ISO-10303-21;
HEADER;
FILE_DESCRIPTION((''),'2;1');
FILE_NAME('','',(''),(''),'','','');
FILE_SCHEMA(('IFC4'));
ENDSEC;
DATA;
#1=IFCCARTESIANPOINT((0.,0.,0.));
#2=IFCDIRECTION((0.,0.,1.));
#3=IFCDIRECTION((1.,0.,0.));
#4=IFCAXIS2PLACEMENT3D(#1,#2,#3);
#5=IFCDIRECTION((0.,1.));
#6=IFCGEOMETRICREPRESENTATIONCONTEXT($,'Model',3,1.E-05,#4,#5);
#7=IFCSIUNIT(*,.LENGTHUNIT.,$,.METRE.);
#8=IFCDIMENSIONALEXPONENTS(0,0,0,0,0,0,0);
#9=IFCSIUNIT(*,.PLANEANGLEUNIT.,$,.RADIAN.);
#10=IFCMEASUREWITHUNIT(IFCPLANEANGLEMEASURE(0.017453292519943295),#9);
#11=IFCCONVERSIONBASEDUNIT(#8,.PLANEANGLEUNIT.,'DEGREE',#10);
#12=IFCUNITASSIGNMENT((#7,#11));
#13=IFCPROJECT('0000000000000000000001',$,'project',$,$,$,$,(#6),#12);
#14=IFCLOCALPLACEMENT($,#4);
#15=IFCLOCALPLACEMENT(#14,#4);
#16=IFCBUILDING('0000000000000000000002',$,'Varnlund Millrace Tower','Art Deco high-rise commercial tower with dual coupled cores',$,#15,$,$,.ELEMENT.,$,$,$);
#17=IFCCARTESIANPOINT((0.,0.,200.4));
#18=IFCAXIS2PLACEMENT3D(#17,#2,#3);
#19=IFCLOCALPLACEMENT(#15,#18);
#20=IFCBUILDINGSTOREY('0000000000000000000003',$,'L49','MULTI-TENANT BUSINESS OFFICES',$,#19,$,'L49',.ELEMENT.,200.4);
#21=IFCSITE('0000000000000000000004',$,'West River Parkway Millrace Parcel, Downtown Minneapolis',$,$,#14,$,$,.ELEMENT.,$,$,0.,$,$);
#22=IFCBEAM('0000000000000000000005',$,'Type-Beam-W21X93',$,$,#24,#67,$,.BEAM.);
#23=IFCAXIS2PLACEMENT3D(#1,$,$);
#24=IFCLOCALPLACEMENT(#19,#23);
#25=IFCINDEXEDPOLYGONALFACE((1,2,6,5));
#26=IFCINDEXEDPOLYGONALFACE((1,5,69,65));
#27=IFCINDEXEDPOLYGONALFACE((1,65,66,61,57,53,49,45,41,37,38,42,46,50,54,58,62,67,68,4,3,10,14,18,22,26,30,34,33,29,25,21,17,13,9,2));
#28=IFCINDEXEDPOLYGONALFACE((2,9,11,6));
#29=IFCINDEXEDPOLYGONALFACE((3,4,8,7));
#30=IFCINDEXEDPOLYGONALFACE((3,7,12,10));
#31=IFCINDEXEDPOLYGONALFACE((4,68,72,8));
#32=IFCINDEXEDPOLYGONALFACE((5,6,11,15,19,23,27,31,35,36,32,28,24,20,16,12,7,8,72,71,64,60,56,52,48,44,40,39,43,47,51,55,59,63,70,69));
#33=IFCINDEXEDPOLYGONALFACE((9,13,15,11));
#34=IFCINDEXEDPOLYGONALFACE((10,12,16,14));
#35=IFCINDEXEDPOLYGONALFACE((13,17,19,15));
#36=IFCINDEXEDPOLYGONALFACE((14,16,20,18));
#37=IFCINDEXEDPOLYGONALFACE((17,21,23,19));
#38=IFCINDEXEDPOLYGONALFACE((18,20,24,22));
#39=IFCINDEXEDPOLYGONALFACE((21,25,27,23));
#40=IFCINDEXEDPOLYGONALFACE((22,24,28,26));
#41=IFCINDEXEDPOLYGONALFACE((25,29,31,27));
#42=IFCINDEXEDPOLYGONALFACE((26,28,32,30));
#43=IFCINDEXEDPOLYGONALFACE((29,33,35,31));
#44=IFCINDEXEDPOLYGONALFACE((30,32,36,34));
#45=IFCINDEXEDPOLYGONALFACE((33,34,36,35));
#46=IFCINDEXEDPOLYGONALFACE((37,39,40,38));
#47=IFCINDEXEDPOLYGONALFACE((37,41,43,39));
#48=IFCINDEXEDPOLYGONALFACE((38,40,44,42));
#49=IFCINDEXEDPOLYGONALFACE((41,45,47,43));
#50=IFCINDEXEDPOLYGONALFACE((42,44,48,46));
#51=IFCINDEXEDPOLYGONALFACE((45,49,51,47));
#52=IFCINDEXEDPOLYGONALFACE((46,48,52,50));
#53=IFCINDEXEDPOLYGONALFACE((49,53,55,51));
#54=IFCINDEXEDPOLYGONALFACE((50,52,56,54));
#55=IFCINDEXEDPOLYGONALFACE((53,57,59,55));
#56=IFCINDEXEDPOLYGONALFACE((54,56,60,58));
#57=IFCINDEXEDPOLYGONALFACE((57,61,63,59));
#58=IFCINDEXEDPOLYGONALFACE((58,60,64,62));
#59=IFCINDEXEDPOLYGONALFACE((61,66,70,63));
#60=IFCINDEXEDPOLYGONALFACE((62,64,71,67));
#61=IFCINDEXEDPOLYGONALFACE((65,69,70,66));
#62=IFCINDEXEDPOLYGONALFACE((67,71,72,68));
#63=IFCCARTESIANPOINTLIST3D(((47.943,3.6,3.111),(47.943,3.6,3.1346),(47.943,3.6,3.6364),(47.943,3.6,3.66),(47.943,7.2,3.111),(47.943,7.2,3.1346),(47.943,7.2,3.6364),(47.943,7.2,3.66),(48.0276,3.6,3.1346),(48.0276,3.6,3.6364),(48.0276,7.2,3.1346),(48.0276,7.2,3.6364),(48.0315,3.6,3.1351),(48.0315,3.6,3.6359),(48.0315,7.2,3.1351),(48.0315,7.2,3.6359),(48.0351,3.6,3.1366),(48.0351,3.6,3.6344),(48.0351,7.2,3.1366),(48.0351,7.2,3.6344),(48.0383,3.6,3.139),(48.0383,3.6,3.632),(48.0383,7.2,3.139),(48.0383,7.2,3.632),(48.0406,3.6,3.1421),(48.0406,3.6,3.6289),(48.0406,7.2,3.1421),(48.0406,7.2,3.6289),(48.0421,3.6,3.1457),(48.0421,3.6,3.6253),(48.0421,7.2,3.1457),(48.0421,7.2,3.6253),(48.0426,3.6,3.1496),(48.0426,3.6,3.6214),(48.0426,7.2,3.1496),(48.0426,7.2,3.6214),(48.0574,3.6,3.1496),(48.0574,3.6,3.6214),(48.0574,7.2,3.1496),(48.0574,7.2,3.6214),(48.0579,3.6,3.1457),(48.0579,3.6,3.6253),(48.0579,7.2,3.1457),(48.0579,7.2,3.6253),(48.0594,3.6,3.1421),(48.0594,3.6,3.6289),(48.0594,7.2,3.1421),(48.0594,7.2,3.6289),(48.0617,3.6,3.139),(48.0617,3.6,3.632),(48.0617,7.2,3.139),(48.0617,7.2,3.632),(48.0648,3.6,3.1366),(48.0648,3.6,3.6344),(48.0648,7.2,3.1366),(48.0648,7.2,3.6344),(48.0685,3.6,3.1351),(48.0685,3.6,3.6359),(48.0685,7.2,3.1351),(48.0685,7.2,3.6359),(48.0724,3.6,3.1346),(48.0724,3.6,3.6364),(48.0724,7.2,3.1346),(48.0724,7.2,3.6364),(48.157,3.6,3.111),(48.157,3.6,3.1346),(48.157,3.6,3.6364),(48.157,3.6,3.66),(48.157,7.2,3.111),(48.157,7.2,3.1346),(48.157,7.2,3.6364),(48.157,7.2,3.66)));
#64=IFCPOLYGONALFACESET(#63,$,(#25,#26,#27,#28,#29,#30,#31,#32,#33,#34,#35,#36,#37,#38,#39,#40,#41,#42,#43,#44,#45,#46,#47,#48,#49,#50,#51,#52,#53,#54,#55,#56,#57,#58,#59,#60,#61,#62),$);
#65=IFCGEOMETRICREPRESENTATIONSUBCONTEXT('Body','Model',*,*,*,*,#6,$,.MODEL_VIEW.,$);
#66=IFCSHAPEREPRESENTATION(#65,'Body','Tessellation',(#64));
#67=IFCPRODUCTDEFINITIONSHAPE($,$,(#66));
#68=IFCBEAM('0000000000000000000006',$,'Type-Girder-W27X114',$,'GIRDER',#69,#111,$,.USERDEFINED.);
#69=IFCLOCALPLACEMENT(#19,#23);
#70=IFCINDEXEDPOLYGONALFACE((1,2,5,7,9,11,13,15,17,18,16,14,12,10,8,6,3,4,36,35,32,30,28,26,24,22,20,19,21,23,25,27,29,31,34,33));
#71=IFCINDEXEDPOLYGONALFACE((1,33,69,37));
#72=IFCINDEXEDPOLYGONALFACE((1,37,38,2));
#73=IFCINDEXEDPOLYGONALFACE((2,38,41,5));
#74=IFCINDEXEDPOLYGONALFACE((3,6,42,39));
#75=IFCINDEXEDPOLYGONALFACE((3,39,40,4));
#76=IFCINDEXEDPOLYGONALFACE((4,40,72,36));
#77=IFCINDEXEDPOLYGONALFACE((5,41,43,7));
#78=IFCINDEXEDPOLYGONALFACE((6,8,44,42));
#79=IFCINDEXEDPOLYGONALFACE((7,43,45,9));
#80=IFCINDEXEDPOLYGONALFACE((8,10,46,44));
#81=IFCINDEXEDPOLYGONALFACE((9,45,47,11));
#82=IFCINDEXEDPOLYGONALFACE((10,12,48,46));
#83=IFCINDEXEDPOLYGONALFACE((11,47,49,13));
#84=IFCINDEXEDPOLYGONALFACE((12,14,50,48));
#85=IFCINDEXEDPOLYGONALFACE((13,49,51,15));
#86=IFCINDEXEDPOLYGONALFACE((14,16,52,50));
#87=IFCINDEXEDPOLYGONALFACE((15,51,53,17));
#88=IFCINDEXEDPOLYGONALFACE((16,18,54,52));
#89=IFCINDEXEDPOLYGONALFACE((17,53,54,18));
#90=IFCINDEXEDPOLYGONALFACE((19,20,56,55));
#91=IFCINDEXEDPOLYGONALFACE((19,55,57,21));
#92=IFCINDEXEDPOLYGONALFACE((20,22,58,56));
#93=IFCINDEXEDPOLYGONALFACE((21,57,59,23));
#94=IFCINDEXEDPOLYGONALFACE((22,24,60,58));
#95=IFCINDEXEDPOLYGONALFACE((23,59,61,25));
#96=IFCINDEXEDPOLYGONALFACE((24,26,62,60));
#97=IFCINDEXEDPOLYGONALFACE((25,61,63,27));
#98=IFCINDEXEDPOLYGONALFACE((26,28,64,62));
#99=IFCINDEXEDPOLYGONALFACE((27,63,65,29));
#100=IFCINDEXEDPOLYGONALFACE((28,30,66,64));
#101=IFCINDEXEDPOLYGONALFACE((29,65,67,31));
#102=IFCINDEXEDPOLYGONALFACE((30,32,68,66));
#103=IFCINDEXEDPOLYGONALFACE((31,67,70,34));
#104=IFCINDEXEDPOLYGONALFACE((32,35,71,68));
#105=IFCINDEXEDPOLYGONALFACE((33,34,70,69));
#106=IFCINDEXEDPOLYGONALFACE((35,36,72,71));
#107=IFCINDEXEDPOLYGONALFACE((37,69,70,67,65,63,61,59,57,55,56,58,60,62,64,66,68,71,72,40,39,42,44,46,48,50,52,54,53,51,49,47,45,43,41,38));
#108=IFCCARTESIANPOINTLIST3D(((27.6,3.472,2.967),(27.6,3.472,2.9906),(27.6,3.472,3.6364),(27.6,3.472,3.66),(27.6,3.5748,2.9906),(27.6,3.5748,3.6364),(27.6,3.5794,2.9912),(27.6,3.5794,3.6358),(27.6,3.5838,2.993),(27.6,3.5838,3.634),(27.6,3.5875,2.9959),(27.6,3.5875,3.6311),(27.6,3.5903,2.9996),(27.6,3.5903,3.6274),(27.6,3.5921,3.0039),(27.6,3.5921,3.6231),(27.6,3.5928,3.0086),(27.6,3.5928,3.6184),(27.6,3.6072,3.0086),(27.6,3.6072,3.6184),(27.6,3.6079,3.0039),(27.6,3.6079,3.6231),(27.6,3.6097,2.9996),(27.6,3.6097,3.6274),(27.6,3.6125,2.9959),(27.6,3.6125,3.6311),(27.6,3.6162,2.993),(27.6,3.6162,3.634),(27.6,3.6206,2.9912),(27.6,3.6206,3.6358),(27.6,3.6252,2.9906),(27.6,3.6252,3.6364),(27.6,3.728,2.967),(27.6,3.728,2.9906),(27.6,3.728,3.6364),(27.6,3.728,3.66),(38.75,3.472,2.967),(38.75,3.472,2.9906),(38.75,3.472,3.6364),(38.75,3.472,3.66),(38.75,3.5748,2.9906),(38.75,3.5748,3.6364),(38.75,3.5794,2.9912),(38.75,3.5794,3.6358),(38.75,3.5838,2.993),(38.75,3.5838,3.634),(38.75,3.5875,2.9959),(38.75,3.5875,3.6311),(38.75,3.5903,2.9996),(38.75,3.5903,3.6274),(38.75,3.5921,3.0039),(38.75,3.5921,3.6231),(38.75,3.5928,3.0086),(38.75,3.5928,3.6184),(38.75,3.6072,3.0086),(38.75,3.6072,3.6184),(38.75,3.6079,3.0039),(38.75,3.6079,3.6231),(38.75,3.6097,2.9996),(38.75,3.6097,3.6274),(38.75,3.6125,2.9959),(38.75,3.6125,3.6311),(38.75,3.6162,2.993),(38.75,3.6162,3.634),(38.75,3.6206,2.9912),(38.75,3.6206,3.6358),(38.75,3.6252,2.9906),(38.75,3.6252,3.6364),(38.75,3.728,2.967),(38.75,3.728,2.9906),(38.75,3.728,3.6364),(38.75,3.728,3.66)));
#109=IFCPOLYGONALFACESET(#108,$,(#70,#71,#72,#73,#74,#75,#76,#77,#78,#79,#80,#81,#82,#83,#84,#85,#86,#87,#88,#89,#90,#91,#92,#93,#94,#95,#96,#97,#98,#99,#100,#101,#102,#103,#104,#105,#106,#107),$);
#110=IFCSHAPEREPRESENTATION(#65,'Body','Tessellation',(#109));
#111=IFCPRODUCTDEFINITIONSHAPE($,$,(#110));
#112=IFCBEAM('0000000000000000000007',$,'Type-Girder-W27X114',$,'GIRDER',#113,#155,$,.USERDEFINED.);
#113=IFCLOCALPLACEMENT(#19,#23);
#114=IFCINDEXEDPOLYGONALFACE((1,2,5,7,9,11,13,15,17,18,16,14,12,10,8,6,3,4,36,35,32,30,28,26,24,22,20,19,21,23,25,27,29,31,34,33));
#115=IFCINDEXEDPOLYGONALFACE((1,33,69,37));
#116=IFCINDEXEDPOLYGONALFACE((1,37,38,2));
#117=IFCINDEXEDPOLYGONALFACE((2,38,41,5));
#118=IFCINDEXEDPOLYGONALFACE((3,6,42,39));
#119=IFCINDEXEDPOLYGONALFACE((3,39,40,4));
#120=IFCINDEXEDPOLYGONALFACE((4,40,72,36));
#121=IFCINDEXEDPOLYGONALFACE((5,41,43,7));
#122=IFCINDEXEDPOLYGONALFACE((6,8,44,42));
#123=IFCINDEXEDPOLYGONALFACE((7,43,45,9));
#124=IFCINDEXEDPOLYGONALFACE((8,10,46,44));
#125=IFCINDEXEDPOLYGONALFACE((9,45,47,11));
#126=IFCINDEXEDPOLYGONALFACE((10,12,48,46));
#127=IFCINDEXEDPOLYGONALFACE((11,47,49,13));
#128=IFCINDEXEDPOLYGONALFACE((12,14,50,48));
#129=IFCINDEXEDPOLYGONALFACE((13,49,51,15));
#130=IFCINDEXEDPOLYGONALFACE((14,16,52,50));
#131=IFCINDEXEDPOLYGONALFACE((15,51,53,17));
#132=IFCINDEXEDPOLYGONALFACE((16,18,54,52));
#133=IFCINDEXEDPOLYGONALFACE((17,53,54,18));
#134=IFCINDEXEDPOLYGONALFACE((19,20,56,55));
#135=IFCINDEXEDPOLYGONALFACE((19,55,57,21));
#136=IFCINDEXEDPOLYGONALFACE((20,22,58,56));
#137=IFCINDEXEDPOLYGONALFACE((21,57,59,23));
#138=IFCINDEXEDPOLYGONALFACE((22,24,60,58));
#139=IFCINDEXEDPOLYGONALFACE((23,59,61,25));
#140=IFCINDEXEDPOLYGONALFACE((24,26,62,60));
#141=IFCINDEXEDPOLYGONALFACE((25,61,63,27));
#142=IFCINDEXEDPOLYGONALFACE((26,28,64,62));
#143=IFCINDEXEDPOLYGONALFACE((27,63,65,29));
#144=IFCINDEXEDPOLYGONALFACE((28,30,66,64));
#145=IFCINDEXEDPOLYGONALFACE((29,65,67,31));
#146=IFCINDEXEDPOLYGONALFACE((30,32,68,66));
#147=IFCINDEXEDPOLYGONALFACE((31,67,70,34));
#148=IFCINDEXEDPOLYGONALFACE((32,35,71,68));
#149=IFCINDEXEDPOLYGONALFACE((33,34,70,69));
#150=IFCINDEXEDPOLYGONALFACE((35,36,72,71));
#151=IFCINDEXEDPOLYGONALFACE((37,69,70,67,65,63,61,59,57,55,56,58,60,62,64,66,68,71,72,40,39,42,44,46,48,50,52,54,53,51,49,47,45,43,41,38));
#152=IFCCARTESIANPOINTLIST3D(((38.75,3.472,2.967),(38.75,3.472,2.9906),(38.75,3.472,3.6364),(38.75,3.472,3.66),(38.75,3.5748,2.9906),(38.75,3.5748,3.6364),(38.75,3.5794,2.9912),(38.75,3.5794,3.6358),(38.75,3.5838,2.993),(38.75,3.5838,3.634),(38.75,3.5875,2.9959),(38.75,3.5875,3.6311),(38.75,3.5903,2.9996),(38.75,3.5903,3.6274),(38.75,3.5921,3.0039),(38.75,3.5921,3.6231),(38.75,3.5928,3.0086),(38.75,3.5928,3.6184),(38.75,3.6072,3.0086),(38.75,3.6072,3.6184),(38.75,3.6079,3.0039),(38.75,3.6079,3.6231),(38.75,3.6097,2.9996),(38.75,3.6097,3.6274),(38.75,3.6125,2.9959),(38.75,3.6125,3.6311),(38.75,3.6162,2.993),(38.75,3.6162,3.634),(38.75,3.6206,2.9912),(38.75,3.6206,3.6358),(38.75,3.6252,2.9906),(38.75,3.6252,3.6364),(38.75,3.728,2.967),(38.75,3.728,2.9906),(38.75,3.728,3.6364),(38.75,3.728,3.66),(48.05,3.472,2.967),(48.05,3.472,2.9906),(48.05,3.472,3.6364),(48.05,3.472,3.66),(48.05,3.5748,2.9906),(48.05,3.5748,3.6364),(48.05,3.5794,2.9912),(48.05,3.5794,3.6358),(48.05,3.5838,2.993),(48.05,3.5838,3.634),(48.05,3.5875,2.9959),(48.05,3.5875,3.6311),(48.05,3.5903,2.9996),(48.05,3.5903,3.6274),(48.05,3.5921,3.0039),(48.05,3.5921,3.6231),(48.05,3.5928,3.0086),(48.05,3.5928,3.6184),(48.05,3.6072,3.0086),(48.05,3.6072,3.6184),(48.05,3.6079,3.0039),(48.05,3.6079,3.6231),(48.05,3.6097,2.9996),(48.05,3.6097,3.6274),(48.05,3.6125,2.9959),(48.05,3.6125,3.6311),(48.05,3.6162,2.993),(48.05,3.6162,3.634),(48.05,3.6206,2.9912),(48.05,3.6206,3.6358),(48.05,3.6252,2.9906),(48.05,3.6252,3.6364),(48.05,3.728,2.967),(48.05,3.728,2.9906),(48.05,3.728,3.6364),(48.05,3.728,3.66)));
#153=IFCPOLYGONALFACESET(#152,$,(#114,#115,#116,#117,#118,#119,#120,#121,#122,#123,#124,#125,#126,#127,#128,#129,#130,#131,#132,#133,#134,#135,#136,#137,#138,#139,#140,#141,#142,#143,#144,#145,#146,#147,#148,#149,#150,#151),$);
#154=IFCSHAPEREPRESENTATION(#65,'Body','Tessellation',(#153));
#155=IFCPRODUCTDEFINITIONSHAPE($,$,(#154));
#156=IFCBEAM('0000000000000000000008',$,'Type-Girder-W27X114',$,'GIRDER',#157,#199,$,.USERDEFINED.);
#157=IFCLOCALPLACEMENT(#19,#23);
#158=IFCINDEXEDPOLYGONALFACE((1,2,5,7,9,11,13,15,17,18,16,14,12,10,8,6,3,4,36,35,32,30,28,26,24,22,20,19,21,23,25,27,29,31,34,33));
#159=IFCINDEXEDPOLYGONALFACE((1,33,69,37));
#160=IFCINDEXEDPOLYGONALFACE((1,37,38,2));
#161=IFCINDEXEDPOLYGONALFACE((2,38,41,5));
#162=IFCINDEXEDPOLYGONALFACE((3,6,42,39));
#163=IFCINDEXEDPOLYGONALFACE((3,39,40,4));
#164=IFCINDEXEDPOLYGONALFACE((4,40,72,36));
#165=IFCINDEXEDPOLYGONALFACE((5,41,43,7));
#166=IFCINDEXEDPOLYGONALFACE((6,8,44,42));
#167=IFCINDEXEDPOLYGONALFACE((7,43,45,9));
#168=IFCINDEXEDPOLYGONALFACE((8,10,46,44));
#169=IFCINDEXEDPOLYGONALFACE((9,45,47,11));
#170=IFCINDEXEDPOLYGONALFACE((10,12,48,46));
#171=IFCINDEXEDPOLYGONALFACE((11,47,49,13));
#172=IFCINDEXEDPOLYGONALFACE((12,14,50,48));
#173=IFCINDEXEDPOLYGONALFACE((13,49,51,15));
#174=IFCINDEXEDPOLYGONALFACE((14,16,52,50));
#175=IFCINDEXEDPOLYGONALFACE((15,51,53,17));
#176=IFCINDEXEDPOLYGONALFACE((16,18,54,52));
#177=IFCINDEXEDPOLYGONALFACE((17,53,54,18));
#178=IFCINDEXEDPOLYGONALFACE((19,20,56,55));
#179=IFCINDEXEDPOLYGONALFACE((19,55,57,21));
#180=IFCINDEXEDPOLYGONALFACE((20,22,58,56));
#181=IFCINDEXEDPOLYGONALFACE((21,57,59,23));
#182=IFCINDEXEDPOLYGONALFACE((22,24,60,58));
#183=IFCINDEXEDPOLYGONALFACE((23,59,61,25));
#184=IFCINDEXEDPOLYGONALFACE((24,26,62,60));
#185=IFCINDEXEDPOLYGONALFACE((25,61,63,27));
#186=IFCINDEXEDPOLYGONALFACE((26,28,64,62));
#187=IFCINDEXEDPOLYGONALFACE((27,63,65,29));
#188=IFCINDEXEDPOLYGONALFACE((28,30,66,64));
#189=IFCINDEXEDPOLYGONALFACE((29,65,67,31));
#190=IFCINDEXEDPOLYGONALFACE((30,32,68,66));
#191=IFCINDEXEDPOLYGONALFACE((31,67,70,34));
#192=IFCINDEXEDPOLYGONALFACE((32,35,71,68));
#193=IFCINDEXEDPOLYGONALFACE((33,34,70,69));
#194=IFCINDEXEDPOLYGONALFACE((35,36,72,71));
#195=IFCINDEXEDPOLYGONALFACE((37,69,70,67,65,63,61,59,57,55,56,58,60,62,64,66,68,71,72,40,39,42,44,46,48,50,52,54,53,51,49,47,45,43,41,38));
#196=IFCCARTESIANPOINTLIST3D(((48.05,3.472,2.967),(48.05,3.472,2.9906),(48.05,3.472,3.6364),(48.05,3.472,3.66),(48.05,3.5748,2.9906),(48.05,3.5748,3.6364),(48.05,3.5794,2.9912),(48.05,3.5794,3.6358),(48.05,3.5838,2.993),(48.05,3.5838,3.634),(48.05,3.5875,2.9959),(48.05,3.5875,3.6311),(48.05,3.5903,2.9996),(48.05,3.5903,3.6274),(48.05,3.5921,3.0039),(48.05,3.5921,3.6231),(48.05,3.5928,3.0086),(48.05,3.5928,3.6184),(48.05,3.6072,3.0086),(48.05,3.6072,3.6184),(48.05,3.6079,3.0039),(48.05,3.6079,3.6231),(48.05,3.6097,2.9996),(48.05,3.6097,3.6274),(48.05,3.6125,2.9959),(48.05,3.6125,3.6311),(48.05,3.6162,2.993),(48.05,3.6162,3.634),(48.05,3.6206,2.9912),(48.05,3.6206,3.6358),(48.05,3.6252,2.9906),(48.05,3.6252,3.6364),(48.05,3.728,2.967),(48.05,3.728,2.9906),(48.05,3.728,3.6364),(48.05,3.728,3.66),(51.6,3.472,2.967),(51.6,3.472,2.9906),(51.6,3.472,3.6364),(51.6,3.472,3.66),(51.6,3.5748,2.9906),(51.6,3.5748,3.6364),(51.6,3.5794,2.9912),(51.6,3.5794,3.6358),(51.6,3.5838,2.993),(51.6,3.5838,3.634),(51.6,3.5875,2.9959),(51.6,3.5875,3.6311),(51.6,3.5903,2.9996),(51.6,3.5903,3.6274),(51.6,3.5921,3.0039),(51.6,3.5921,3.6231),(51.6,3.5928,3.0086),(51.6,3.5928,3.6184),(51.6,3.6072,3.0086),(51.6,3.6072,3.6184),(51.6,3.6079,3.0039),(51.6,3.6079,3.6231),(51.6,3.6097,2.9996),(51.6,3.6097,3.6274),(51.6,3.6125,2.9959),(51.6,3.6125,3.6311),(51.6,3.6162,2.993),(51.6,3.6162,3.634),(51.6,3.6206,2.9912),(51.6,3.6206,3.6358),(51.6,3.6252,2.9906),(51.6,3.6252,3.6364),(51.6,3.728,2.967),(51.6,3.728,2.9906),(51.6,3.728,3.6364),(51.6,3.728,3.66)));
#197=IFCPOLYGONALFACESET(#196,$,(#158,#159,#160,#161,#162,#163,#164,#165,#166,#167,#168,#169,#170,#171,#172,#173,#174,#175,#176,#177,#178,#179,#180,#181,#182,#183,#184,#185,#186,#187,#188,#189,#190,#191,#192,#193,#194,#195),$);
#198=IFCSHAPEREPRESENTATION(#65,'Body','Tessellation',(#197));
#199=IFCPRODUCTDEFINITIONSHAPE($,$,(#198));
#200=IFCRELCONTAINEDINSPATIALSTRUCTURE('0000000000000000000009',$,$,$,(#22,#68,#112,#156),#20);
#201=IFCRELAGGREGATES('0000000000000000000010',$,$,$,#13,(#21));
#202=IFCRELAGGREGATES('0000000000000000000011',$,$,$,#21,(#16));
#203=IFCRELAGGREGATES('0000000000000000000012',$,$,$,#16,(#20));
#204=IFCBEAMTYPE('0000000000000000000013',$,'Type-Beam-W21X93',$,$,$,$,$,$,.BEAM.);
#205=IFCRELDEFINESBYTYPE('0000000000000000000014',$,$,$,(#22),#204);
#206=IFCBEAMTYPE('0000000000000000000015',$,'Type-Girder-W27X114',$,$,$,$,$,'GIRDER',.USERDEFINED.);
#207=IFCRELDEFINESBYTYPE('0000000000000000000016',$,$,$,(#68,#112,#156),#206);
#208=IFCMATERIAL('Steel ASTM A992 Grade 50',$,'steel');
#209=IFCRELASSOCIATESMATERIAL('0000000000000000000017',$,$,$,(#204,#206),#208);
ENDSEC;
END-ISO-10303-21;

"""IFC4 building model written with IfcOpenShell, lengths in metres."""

from ifc_helpers import new_model, entity, si_unit, converted_unit, direction, frame, origin_with_axes, origin_2d_with_axis, place, context, subcontext, project, spatial, i_section, extrude, material, material_profile, profile_set, type_object, element, save


model = new_model("IFC4")

# Units and contexts
model_context = context("Model", 3, precision=1e-05, world=origin_with_axes(), true_north=direction((0.0, 1.0)))
body_context = subcontext(model_context, "Body", "Model", "MODEL_VIEW")
ifc_project = project(units=[si_unit("LENGTHUNIT", "METRE"), converted_unit("PLANEANGLEUNIT", "DEGREE", entity("IfcPlaneAngleMeasure", 0.017453292519943295), si_unit("PLANEANGLEUNIT", "RADIAN"), dimensions=[0, 0, 0, 0, 0, 0, 0])], contexts=[model_context])

# Site, building, storey
site_placement = place(None, origin_with_axes())
site = spatial("IfcSite", under=ifc_project, at=site_placement, Name="West River Parkway Millrace Parcel, Downtown Minneapolis", CompositionType="ELEMENT", RefElevation=0.0)
building_placement = place(site_placement, origin_with_axes())
building = spatial("IfcBuilding", under=site, at=building_placement, Name="Varnlund Millrace Tower", Description="Art Deco high-rise commercial tower with dual coupled cores", CompositionType="ELEMENT")
storey_placement = place(building_placement, frame((0.0, 0.0, 200.4), z_axis=(0.0, 0.0, 1.0), x_axis=(1.0, 0.0, 0.0)))
storey = spatial("IfcBuildingStorey", under=building, at=storey_placement, Name="L49", Description="MULTI-TENANT BUSINESS OFFICES", LongName="L49", CompositionType="ELEMENT", Elevation=200.4)

# Beams
ifc_material_1 = material(Name="Steel ASTM A992 Grade 50", Category="steel")
ifc_material_profile_1 = material_profile(ifc_material_1, i_section(OverallWidth=0.214, OverallDepth=0.549, WebThickness=0.0147, FlangeThickness=0.0236, FilletRadius=0.015, at=origin_2d_with_axis()), Name="Steel ASTM A992 Grade 50")
ifc_profile_set_1 = profile_set([ifc_material_profile_1], Name="Steel ASTM A992 Grade 50")
beam_type_1 = type_object("IfcBeamType", Name="Type-Beam-W21X93", PredefinedType="BEAM", material=ifc_profile_set_1)
beam_1_placement = place(storey_placement, frame((48.05, 3.6, 3.3855), z_axis=(0.0, 1.0, 0.0), x_axis=(-1.0, 0.0, 0.0)))
element("IfcBeam", 1, at=beam_1_placement, inside=storey, type_object=beam_type_1, Name="Type-Beam-W21X93", PredefinedType="BEAM", context=body_context, shape_type="SweptSolid", body=[
    extrude(i_section(OverallWidth=0.214, OverallDepth=0.549, WebThickness=0.0147, FlangeThickness=0.0236, FilletRadius=0.015, at=origin_2d_with_axis()), origin_with_axes(), (0.0, 0.0, 1.0), 3.6),
])
ifc_material_profile_2 = material_profile(ifc_material_1, i_section(OverallWidth=0.256, OverallDepth=0.693, WebThickness=0.0145, FlangeThickness=0.0236, FilletRadius=0.018, at=origin_2d_with_axis()), Name="Steel ASTM A992 Grade 50")
ifc_profile_set_2 = profile_set([ifc_material_profile_2], Name="Steel ASTM A992 Grade 50")
beam_type_2 = type_object("IfcBeamType", Name="Type-Girder-W27X114", ElementType="GIRDER", PredefinedType="USERDEFINED", material=ifc_profile_set_2)
beam_2_placement = place(storey_placement, frame((27.6, 3.6, 3.3135), z_axis=(1.0, 0.0, 0.0), x_axis=(0.0, 1.0, 0.0)))
element("IfcBeam", 2, at=beam_2_placement, inside=storey, type_object=beam_type_2, Name="Type-Girder-W27X114", ObjectType="GIRDER", PredefinedType="USERDEFINED", context=body_context, shape_type="SweptSolid", body=[
    extrude(i_section(OverallWidth=0.256, OverallDepth=0.693, WebThickness=0.0145, FlangeThickness=0.0236, FilletRadius=0.018, at=origin_2d_with_axis()), origin_with_axes(), (0.0, 0.0, 1.0), 11.15),
])
beam_3_placement = place(storey_placement, frame((38.75, 3.6, 3.3135), z_axis=(1.0, 0.0, 0.0), x_axis=(0.0, 1.0, 0.0)))
element("IfcBeam", 3, at=beam_3_placement, inside=storey, type_object=beam_type_2, Name="Type-Girder-W27X114", ObjectType="GIRDER", PredefinedType="USERDEFINED", context=body_context, shape_type="SweptSolid", body=[
    extrude(i_section(OverallWidth=0.256, OverallDepth=0.693, WebThickness=0.0145, FlangeThickness=0.0236, FilletRadius=0.018, at=origin_2d_with_axis()), origin_with_axes(), (0.0, 0.0, 1.0), 9.3),
])
beam_4_placement = place(storey_placement, frame((48.05, 3.6, 3.3135), z_axis=(1.0, 0.0, 0.0), x_axis=(0.0, 1.0, 0.0)))
element("IfcBeam", 4, at=beam_4_placement, inside=storey, type_object=beam_type_2, Name="Type-Girder-W27X114", ObjectType="GIRDER", PredefinedType="USERDEFINED", context=body_context, shape_type="SweptSolid", body=[
    extrude(i_section(OverallWidth=0.256, OverallDepth=0.693, WebThickness=0.0145, FlangeThickness=0.0236, FilletRadius=0.018, at=origin_2d_with_axis()), origin_with_axes(), (0.0, 0.0, 1.0), 3.55),
])

save(model, "model.ifc")
